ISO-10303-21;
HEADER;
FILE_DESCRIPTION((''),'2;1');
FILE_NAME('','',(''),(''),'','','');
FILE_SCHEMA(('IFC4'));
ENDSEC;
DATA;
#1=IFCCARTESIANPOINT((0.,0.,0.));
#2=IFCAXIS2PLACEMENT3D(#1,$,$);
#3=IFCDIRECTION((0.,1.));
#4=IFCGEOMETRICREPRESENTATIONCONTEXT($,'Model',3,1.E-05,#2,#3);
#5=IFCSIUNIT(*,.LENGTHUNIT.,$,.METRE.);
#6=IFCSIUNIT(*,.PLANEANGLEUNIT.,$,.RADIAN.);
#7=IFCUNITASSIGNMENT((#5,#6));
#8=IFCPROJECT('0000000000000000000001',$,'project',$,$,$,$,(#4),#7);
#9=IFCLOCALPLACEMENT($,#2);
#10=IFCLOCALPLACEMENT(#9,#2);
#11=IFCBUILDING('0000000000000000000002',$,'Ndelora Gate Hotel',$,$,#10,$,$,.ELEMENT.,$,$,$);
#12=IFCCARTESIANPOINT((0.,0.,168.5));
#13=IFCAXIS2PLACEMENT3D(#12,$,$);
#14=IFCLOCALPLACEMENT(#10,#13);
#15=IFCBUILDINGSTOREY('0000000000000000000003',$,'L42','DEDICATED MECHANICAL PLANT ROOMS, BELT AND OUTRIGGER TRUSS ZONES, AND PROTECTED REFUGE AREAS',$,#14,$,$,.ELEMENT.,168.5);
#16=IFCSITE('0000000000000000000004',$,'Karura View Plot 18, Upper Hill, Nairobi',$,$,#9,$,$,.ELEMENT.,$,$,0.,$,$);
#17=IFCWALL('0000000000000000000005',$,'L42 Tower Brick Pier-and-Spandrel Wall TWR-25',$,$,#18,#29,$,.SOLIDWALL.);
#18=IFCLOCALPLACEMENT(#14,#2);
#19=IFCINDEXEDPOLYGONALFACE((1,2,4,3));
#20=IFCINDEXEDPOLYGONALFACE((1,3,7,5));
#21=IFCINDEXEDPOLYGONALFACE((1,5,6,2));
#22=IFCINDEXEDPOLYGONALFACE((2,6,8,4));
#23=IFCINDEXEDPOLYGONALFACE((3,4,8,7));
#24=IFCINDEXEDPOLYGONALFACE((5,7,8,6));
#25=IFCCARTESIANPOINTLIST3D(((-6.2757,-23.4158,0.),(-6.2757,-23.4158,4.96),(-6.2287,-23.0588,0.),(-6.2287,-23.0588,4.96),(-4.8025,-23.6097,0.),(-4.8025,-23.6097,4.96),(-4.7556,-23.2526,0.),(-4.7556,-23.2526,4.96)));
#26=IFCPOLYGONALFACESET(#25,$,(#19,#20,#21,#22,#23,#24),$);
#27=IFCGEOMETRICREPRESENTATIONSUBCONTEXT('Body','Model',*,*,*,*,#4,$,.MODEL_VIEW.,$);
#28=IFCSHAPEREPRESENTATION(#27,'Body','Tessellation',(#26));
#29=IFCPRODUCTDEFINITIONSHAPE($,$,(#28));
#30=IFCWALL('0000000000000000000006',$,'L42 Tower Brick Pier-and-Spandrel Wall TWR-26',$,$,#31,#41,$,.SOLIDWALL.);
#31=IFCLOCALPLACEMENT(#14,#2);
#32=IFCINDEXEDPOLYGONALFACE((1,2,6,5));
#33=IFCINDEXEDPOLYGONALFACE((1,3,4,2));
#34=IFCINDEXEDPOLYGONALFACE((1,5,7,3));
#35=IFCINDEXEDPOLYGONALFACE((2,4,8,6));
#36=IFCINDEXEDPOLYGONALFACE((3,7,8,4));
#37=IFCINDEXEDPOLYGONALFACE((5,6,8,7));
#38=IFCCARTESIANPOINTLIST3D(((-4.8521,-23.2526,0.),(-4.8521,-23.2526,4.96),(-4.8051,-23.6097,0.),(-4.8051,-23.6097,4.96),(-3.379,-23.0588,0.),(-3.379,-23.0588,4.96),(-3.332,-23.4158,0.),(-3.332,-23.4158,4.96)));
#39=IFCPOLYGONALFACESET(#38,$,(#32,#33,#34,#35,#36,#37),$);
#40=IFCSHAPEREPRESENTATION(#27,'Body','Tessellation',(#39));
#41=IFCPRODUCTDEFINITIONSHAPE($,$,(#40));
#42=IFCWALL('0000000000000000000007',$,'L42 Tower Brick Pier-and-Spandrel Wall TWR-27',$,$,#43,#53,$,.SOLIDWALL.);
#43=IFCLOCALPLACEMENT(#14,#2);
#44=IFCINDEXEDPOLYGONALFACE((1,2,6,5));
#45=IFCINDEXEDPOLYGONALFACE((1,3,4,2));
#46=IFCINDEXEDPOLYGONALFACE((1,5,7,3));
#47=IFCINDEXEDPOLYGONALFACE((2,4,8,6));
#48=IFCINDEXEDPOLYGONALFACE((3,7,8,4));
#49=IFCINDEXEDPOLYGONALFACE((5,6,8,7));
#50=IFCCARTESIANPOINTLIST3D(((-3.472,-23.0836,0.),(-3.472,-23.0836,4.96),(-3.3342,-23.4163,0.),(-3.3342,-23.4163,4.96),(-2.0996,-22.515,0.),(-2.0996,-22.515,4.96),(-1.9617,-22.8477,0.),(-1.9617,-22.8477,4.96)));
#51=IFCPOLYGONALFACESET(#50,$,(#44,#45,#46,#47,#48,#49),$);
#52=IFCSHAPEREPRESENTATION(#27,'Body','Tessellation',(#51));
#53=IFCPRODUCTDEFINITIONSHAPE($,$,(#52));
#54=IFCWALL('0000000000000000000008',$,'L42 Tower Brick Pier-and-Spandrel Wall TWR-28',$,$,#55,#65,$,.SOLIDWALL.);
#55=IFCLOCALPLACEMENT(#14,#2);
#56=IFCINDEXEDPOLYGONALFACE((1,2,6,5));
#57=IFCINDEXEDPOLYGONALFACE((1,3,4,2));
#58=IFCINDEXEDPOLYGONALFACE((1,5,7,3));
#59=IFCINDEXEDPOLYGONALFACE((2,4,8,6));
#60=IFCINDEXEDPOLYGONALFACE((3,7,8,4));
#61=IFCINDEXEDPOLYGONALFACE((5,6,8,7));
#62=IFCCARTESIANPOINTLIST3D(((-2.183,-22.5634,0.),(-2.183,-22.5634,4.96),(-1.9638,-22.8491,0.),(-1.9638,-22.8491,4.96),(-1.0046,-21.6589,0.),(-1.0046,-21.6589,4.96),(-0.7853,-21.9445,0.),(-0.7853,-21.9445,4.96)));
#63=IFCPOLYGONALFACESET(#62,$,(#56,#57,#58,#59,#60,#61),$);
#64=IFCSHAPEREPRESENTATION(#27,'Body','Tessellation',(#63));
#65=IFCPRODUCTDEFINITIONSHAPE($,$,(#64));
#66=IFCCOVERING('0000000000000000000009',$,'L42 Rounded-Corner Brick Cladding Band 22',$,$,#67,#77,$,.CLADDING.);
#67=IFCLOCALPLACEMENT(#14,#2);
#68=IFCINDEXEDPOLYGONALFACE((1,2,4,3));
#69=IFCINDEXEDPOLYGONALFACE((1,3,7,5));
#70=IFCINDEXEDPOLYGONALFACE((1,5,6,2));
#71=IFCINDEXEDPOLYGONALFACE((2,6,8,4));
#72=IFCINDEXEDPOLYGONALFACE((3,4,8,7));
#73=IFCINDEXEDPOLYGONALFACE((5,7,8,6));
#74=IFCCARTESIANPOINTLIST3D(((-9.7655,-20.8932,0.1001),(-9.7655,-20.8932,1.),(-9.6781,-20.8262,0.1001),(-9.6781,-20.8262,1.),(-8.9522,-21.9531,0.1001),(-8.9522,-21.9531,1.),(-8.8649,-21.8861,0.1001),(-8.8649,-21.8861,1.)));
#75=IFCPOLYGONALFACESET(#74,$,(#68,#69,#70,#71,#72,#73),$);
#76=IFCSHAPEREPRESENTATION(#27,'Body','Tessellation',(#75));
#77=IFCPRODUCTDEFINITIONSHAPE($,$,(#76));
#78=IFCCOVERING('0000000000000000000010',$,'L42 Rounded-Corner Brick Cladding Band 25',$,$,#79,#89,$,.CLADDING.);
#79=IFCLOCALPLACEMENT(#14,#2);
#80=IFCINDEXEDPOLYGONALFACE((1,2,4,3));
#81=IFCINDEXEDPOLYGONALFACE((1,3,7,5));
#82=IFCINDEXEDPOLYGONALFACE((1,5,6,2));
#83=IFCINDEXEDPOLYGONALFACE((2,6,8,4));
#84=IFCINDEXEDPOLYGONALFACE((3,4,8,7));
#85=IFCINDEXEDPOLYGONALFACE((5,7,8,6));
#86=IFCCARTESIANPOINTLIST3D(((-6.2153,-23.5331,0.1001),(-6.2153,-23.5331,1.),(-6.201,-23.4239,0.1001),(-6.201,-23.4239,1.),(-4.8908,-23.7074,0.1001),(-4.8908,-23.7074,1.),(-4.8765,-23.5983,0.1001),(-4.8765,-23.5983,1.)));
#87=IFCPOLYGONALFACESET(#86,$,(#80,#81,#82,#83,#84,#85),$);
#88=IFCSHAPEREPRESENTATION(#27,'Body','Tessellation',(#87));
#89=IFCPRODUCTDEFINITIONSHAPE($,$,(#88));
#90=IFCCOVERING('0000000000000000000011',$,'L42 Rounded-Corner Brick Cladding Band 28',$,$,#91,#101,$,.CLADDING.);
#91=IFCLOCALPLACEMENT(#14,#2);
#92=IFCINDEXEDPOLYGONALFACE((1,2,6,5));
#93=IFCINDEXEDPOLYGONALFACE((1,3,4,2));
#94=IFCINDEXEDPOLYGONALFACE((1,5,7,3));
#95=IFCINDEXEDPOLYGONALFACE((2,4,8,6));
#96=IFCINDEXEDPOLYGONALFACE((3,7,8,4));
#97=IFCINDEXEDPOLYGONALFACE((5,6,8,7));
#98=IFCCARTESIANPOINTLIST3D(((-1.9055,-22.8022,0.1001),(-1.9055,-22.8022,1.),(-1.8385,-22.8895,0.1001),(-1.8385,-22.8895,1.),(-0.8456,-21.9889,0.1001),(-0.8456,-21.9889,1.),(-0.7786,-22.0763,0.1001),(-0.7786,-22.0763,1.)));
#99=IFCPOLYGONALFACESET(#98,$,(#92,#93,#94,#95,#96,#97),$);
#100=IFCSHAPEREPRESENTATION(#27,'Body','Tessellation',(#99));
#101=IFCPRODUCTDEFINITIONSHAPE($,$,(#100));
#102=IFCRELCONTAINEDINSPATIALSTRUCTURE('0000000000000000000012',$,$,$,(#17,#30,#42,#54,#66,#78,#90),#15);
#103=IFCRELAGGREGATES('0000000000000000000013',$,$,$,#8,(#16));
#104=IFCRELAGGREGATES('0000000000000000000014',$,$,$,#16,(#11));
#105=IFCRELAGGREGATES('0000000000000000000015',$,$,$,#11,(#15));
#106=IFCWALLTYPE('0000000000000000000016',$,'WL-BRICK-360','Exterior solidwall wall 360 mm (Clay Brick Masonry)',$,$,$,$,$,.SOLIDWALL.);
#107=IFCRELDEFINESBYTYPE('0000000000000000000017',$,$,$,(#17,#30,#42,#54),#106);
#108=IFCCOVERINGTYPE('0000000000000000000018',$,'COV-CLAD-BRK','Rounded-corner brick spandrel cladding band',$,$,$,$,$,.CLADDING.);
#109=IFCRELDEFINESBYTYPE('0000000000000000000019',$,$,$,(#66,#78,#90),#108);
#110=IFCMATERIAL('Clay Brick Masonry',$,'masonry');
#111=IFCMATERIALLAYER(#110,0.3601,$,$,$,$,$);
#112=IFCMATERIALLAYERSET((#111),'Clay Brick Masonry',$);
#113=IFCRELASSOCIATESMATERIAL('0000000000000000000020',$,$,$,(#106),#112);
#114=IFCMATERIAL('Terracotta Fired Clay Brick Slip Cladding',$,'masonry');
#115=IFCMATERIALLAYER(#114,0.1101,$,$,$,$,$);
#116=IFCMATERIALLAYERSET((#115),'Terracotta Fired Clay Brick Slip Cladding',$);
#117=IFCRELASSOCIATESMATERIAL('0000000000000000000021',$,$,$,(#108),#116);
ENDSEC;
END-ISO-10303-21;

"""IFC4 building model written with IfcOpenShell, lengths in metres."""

from ifc_helpers import new_model, si_unit, direction, frame, frame_2d, origin, origin_2d, place, context, subcontext, project, spatial, rectangle, extrude, material, layer, layer_set, type_object, element, save


model = new_model("IFC4")

# Units and contexts
model_context = context("Model", 3, precision=1e-05, world=origin(), true_north=direction((0.0, 1.0)))
body_context = subcontext(model_context, "Body", "Model", "MODEL_VIEW")
ifc_project = project(units=[si_unit("LENGTHUNIT", "METRE"), si_unit("PLANEANGLEUNIT", "RADIAN")], contexts=[model_context])

# Site, building, storey
site_placement = place(None, origin())
site = spatial("IfcSite", under=ifc_project, at=site_placement, Name="Karura View Plot 18, Upper Hill, Nairobi", CompositionType="ELEMENT", RefElevation=0.0)
building_placement = place(site_placement, origin())
building = spatial("IfcBuilding", under=site, at=building_placement, Name="Ndelora Gate Hotel", CompositionType="ELEMENT")
storey_placement = place(building_placement, frame((0.0, 0.0, 168.5)))
storey = spatial("IfcBuildingStorey", under=building, at=storey_placement, Name="L42", Description="DEDICATED MECHANICAL PLANT ROOMS, BELT AND OUTRIGGER TRUSS ZONES, AND PROTECTED REFUGE AREAS", CompositionType="ELEMENT", Elevation=168.5)

# Walls
ifc_material_1 = material(Name="Clay Brick Masonry", Category="masonry")
ifc_layer_1 = layer(ifc_material_1, 0.3601)
ifc_layer_set_1 = layer_set([ifc_layer_1], Name="Clay Brick Masonry")
wall_type = type_object("IfcWallType", Name="WL-BRICK-360", Description="Exterior solidwall wall 360 mm (Clay Brick Masonry)", PredefinedType="SOLIDWALL", material=ifc_layer_set_1)
for number, where, z_axis, x_axis, name in (
    (1, (-4.7791, -23.4312, 0.0), (0.0, 0.0, 1.0), (-0.991453, 0.130463, 0.0), "L42 Tower Brick Pier-and-Spandrel Wall TWR-25"),
    (2, (-3.3555, -23.2373, 0.0), (0.0, 0.0, 1.0), (-0.991453, -0.130463, 0.0), "L42 Tower Brick Pier-and-Spandrel Wall TWR-26"),
):
    element("IfcWall", number, at=place(storey_placement, frame(where, z_axis=z_axis, x_axis=x_axis)), inside=storey, type_object=wall_type, Name=name, PredefinedType="SOLIDWALL", context=body_context, shape_type="SweptSolid", body=[
        extrude(rectangle(XDim=1.4858, YDim=0.3601, at=frame_2d((0.7429, 0.0))), origin(), (0.0, 0.0, 1.0), 4.96),
    ])
for number, where, z_axis, x_axis, name in (
    (3, (-2.0308, -22.6814, 0.0), (0.0, 0.0, 1.0), (-0.923863, -0.382724, 0.0), "L42 Tower Brick Pier-and-Spandrel Wall TWR-27"),
    (4, (-0.895, -21.8018, 0.0), (0.0, 0.0, 1.0), (-0.793265, -0.608877, 0.0), "L42 Tower Brick Pier-and-Spandrel Wall TWR-28"),
):
    element("IfcWall", number, at=place(storey_placement, frame(where, z_axis=z_axis, x_axis=x_axis)), inside=storey, type_object=wall_type, Name=name, PredefinedType="SOLIDWALL", context=body_context, shape_type="SweptSolid", body=[
        extrude(rectangle(XDim=1.4856, YDim=0.3601, at=frame_2d((0.7427, 0.0))), origin(), (0.0, 0.0, 1.0), 4.96),
    ])

# Coverings
ifc_material_2 = material(Name="Terracotta Fired Clay Brick Slip Cladding", Category="masonry")
ifc_layer_2 = layer(ifc_material_2, 0.1101)
ifc_layer_set_2 = layer_set([ifc_layer_2], Name="Terracotta Fired Clay Brick Slip Cladding")
covering_type = type_object("IfcCoveringType", Name="COV-CLAD-BRK", Description="Rounded-corner brick spandrel cladding band", PredefinedType="CLADDING", material=ifc_layer_set_2)
for number, where, z_axis, x_axis, name in (
    (5, (-9.3152, -21.3896, 0.1001), (0.0, 0.0, 1.0), (-0.608761, 0.793353, 0.0), "L42 Rounded-Corner Brick Cladding Band 22"),
    (6, (-5.5459, -23.5657, 0.1001), (0.0, 0.0, 1.0), (-0.991445, 0.130526, 0.0), "L42 Rounded-Corner Brick Cladding Band 25"),
    (7, (-1.342, -22.4392, 0.1001), (0.0, 0.0, 1.0), (0.793353, 0.608761, 0.0), "L42 Rounded-Corner Brick Cladding Band 28"),
):
    element("IfcCovering", number, at=place(storey_placement, frame(where, z_axis=z_axis, x_axis=x_axis)), inside=storey, type_object=covering_type, Name=name, PredefinedType="CLADDING", context=body_context, shape_type="SweptSolid", body=[
        extrude(rectangle(XDim=1.3359, YDim=0.1101, at=origin_2d()), origin(), (0.0, 0.0, 1.0), 0.8999),
    ])

save(model, "model.ifc")
